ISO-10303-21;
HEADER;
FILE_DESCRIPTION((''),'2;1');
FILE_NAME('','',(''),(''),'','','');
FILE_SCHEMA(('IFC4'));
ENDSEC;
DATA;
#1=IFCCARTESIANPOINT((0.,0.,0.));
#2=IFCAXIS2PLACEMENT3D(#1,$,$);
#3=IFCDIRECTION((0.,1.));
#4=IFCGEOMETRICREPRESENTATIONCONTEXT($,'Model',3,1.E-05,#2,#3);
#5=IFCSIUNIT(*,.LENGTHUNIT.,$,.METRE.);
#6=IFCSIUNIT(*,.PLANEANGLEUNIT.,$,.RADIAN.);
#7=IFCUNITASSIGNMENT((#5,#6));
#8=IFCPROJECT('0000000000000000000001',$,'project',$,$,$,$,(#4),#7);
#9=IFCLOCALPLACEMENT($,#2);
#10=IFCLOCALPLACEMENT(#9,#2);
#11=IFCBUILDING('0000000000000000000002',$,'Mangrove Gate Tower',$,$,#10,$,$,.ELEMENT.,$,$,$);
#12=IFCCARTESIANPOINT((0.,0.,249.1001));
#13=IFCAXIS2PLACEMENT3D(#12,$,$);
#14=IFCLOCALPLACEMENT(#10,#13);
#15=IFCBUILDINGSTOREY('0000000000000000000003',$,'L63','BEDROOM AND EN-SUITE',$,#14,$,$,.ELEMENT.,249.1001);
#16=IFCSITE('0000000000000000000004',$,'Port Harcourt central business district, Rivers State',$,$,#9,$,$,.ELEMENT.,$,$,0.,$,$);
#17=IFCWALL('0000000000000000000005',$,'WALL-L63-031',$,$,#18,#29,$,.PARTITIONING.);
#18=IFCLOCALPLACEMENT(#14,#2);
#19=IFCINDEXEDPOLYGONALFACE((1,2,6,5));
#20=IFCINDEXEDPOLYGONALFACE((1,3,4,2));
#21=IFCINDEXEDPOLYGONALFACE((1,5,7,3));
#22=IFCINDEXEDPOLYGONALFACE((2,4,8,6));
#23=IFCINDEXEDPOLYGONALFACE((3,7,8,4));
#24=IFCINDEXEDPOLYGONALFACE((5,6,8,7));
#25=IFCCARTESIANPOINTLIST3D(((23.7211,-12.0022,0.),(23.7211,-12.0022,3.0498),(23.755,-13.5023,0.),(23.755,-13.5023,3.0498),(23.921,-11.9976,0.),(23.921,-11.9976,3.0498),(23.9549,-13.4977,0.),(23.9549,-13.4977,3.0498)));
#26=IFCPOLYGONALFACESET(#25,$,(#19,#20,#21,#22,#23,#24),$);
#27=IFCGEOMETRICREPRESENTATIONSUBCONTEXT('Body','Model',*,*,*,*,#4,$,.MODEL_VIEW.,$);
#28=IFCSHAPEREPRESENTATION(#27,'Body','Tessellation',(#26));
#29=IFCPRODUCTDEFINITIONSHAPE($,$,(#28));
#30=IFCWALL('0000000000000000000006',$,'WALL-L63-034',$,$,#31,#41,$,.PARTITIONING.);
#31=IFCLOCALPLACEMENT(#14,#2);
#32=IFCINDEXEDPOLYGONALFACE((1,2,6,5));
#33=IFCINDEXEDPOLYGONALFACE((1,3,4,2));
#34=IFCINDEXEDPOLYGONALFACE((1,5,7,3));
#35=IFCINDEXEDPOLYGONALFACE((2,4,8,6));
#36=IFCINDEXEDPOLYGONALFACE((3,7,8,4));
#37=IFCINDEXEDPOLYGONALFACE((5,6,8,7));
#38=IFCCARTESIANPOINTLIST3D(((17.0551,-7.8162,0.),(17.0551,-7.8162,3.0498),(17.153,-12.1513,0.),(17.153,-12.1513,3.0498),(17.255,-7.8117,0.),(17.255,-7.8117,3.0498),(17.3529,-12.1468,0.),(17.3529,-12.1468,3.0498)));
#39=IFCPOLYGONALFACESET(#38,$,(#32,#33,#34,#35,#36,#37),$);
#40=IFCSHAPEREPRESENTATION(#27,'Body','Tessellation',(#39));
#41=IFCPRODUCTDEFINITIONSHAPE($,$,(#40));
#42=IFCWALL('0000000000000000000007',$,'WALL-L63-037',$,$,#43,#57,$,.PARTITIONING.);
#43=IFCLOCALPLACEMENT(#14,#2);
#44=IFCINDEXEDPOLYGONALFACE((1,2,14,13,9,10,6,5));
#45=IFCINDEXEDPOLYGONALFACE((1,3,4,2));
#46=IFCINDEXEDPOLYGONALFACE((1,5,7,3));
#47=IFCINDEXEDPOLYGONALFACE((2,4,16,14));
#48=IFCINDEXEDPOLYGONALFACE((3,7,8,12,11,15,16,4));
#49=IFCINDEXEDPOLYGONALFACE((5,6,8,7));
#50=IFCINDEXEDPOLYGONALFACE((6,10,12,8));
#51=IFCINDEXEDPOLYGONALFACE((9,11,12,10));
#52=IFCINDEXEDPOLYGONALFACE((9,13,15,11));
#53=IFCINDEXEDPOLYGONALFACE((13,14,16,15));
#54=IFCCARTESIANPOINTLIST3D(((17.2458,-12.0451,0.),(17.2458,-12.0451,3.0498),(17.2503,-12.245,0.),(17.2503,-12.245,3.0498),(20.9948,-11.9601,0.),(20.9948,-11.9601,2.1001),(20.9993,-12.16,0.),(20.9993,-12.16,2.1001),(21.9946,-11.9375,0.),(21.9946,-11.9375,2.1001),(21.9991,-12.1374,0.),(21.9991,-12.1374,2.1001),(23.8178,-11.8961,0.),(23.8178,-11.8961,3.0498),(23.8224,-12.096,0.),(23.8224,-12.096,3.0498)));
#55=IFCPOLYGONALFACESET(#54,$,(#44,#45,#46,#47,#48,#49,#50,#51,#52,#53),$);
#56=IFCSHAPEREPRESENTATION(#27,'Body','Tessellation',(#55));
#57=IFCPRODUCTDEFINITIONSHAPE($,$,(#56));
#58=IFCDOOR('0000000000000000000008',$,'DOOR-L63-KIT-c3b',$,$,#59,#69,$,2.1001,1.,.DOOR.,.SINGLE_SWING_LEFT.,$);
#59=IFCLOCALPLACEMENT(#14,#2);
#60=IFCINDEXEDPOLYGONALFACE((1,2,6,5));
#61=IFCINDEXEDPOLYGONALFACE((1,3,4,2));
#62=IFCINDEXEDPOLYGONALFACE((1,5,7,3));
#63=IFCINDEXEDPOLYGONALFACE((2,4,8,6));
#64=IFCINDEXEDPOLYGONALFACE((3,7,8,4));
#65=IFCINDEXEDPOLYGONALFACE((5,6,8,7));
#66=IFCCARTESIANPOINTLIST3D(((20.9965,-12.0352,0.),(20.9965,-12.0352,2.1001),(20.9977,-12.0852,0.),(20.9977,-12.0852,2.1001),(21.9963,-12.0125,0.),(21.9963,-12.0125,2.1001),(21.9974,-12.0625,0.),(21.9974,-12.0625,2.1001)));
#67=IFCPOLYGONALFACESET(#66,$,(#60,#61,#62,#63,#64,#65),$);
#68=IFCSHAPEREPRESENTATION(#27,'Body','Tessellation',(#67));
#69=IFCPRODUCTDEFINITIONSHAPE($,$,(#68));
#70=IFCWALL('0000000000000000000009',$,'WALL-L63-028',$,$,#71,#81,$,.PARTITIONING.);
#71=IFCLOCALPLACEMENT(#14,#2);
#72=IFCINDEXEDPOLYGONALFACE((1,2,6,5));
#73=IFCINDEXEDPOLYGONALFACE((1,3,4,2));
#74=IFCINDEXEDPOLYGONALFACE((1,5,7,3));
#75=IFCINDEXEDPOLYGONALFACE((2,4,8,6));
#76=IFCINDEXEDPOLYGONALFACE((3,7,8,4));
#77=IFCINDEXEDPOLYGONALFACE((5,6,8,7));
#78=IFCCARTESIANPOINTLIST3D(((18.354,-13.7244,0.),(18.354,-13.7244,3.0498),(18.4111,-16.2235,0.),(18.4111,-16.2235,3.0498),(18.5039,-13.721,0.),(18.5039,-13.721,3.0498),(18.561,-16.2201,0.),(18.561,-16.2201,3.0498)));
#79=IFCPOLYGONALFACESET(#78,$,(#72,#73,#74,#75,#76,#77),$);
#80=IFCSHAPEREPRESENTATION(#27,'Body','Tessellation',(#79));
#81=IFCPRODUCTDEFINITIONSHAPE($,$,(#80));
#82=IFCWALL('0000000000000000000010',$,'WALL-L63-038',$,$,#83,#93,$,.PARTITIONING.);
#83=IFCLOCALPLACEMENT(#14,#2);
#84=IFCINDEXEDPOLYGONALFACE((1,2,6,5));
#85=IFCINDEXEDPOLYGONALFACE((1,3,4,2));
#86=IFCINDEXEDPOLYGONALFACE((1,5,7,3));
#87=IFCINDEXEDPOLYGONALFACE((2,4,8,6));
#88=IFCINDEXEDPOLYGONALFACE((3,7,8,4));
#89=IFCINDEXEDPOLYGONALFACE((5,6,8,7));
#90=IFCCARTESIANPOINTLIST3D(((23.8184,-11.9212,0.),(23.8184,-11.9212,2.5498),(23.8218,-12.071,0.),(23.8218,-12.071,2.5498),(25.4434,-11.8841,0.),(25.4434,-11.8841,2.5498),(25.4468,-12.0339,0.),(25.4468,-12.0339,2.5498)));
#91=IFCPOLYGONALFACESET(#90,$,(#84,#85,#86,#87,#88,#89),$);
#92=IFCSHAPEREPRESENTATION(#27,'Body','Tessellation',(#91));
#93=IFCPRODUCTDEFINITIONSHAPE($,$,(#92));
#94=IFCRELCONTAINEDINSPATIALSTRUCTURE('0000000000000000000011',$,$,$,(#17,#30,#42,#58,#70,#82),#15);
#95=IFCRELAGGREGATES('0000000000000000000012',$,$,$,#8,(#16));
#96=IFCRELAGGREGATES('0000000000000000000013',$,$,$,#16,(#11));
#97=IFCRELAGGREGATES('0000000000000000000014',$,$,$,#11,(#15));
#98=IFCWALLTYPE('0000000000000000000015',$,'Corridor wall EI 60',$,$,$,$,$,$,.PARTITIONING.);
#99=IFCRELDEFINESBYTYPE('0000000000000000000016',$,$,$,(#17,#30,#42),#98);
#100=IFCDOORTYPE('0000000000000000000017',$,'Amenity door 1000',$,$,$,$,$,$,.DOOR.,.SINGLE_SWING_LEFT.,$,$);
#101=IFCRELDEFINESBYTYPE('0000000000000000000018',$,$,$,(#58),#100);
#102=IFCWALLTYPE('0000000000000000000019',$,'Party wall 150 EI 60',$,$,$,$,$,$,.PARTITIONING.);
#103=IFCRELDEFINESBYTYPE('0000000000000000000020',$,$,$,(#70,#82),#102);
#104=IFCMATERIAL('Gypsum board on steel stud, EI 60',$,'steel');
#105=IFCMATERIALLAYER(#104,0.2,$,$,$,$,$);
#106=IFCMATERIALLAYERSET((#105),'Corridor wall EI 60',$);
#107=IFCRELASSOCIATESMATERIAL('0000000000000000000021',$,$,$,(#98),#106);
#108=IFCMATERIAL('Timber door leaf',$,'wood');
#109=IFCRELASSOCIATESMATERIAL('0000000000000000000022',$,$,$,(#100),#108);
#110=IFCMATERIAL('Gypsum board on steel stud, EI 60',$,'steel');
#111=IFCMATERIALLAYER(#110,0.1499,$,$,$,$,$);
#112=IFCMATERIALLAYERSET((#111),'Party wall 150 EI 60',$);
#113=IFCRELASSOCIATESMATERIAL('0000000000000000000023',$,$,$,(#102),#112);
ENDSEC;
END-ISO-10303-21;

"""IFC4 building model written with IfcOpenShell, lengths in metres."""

from ifc_helpers import new_model, si_unit, direction, frame, frame_2d, origin, place, context, subcontext, project, spatial, rectangle, extrude, material, layer, layer_set, type_object, element, fill, save


model = new_model("IFC4")

# Units and contexts
model_context = context("Model", 3, precision=1e-05, world=origin(), true_north=direction((0.0, 1.0)))
body_context = subcontext(model_context, "Body", "Model", "MODEL_VIEW")
ifc_project = project(units=[si_unit("LENGTHUNIT", "METRE"), si_unit("PLANEANGLEUNIT", "RADIAN")], contexts=[model_context])

# Site, building, storey
site_placement = place(None, origin())
site = spatial("IfcSite", under=ifc_project, at=site_placement, Name="Port Harcourt central business district, Rivers State", CompositionType="ELEMENT", RefElevation=0.0)
building_placement = place(site_placement, origin())
building = spatial("IfcBuilding", under=site, at=building_placement, Name="Mangrove Gate Tower", CompositionType="ELEMENT")
storey_placement = place(building_placement, frame((0.0, 0.0, 249.1001)))
storey = spatial("IfcBuildingStorey", under=building, at=storey_placement, Name="L63", Description="BEDROOM AND EN-SUITE", CompositionType="ELEMENT", Elevation=249.1001)

# Walls
ifc_material_1 = material(Name="Gypsum board on steel stud, EI 60", Category="steel")
ifc_layer_1 = layer(ifc_material_1, 0.2)
ifc_layer_set_1 = layer_set([ifc_layer_1], Name="Corridor wall EI 60")
wall_type_1 = type_object("IfcWallType", Name="Corridor wall EI 60", PredefinedType="PARTITIONING", material=ifc_layer_set_1)
wall_1_placement = place(storey_placement, frame((23.855, -13.5, 0.0), z_axis=(0.0, 0.0, 1.0), x_axis=(-0.022618, 0.999744, 0.0)))
element("IfcWall", 1, at=wall_1_placement, inside=storey, type_object=wall_type_1, Name="WALL-L63-031", PredefinedType="PARTITIONING", context=body_context, shape_type="SweptSolid", body=[
    extrude(rectangle(XDim=1.5005, YDim=0.2, at=frame_2d((0.7502, 0.0))), origin(), (0.0, 0.0, 1.0), 3.0498),
])
wall_2_placement = place(storey_placement, frame((17.2529, -12.1489, 0.0), z_axis=(0.0, 0.0, 1.0), x_axis=(-0.022578, 0.999745, 0.0)))
element("IfcWall", 2, at=wall_2_placement, inside=storey, type_object=wall_type_1, Name="WALL-L63-034", PredefinedType="PARTITIONING", context=body_context, shape_type="SweptSolid", body=[
    extrude(rectangle(XDim=4.3362, YDim=0.2, at=frame_2d((2.168, 0.0))), origin(), (0.0, 0.0, 1.0), 3.0498),
])

# Wall, opening, door
wall_3_placement = place(storey_placement, frame((17.248, -12.145, 0.0), z_axis=(0.0, 0.0, 1.0), x_axis=(0.999743, 0.022655, 0.0)))
wall_3 = element("IfcWall", 3, at=wall_3_placement, inside=storey, type_object=wall_type_1, Name="WALL-L63-037", PredefinedType="PARTITIONING", context=body_context, shape_type="SweptSolid", body=[
    extrude(rectangle(XDim=6.5737, YDim=0.2, at=frame_2d((3.2869, 0.0))), origin(), (0.0, 0.0, 1.0), 3.0498),
])
opening_1_placement = place(wall_3_placement, frame((3.75, 0.0, 0.0)))
opening_1 = element("IfcOpeningElement", 4, at=opening_1_placement, cuts=wall_3, PredefinedType="OPENING", context=body_context, shape_type="SweptSolid", body=[
    extrude(rectangle(XDim=1.0, YDim=2.1001, at=frame_2d((0.5, 1.05))), frame((0.0, 0.1099, 0.0), z_axis=(0.0, -1.0, 0.0), x_axis=(1.0, 0.0, 0.0)), (0.0, 0.0, 1.0), 0.22),
])
ifc_material_2 = material(Name="Timber door leaf", Category="wood")
door_type_1 = type_object("IfcDoorType", Name="Amenity door 1000", OperationType="SINGLE_SWING_LEFT", PredefinedType="DOOR", material=ifc_material_2)
door_1_placement = place(opening_1_placement, origin())
door_1 = element("IfcDoor", 5, at=door_1_placement, inside=storey, type_object=door_type_1, Name="DOOR-L63-KIT-c3b", OperationType="SINGLE_SWING_LEFT", OverallHeight=2.1001, OverallWidth=1.0, PredefinedType="DOOR", context=body_context, shape_type="SweptSolid", body=[
    extrude(rectangle(XDim=1.0, YDim=2.1001, at=frame_2d((0.5, 1.05))), frame((0.0, 0.0249, 0.0), z_axis=(0.0, -1.0, 0.0), x_axis=(1.0, 0.0, 0.0)), (0.0, 0.0, 1.0), 0.05),
])
fill(opening_1, door_1)

# Walls
ifc_material_3 = material(Name="Gypsum board on steel stud, EI 60", Category="steel")
ifc_layer_2 = layer(ifc_material_3, 0.1499)
ifc_layer_set_2 = layer_set([ifc_layer_2], Name="Party wall 150 EI 60")
wall_type_2 = type_object("IfcWallType", Name="Party wall 150 EI 60", PredefinedType="PARTITIONING", material=ifc_layer_set_2)
wall_4_placement = place(storey_placement, frame((18.4861, -16.2219, 0.0), z_axis=(0.0, 0.0, 1.0), x_axis=(-0.022855, 0.999739, 0.0)))
element("IfcWall", 6, at=wall_4_placement, inside=storey, type_object=wall_type_2, Name="WALL-L63-028", PredefinedType="PARTITIONING", context=body_context, shape_type="SweptSolid", body=[
    extrude(rectangle(XDim=2.4998, YDim=0.1499, at=frame_2d((1.25, 0.0))), origin(), (0.0, 0.0, 1.0), 3.0498),
])
wall_5_placement = place(storey_placement, frame((23.8201, -11.9961, 0.0), z_axis=(0.0, 0.0, 1.0), x_axis=(0.999739, 0.022831, 0.0)))
element("IfcWall", 7, at=wall_5_placement, inside=storey, type_object=wall_type_2, Name="WALL-L63-038", PredefinedType="PARTITIONING", context=body_context, shape_type="SweptSolid", body=[
    extrude(rectangle(XDim=1.6255, YDim=0.1499, at=frame_2d((0.8127, 0.0))), origin(), (0.0, 0.0, 1.0), 2.5498),
])

save(model, "model.ifc")
